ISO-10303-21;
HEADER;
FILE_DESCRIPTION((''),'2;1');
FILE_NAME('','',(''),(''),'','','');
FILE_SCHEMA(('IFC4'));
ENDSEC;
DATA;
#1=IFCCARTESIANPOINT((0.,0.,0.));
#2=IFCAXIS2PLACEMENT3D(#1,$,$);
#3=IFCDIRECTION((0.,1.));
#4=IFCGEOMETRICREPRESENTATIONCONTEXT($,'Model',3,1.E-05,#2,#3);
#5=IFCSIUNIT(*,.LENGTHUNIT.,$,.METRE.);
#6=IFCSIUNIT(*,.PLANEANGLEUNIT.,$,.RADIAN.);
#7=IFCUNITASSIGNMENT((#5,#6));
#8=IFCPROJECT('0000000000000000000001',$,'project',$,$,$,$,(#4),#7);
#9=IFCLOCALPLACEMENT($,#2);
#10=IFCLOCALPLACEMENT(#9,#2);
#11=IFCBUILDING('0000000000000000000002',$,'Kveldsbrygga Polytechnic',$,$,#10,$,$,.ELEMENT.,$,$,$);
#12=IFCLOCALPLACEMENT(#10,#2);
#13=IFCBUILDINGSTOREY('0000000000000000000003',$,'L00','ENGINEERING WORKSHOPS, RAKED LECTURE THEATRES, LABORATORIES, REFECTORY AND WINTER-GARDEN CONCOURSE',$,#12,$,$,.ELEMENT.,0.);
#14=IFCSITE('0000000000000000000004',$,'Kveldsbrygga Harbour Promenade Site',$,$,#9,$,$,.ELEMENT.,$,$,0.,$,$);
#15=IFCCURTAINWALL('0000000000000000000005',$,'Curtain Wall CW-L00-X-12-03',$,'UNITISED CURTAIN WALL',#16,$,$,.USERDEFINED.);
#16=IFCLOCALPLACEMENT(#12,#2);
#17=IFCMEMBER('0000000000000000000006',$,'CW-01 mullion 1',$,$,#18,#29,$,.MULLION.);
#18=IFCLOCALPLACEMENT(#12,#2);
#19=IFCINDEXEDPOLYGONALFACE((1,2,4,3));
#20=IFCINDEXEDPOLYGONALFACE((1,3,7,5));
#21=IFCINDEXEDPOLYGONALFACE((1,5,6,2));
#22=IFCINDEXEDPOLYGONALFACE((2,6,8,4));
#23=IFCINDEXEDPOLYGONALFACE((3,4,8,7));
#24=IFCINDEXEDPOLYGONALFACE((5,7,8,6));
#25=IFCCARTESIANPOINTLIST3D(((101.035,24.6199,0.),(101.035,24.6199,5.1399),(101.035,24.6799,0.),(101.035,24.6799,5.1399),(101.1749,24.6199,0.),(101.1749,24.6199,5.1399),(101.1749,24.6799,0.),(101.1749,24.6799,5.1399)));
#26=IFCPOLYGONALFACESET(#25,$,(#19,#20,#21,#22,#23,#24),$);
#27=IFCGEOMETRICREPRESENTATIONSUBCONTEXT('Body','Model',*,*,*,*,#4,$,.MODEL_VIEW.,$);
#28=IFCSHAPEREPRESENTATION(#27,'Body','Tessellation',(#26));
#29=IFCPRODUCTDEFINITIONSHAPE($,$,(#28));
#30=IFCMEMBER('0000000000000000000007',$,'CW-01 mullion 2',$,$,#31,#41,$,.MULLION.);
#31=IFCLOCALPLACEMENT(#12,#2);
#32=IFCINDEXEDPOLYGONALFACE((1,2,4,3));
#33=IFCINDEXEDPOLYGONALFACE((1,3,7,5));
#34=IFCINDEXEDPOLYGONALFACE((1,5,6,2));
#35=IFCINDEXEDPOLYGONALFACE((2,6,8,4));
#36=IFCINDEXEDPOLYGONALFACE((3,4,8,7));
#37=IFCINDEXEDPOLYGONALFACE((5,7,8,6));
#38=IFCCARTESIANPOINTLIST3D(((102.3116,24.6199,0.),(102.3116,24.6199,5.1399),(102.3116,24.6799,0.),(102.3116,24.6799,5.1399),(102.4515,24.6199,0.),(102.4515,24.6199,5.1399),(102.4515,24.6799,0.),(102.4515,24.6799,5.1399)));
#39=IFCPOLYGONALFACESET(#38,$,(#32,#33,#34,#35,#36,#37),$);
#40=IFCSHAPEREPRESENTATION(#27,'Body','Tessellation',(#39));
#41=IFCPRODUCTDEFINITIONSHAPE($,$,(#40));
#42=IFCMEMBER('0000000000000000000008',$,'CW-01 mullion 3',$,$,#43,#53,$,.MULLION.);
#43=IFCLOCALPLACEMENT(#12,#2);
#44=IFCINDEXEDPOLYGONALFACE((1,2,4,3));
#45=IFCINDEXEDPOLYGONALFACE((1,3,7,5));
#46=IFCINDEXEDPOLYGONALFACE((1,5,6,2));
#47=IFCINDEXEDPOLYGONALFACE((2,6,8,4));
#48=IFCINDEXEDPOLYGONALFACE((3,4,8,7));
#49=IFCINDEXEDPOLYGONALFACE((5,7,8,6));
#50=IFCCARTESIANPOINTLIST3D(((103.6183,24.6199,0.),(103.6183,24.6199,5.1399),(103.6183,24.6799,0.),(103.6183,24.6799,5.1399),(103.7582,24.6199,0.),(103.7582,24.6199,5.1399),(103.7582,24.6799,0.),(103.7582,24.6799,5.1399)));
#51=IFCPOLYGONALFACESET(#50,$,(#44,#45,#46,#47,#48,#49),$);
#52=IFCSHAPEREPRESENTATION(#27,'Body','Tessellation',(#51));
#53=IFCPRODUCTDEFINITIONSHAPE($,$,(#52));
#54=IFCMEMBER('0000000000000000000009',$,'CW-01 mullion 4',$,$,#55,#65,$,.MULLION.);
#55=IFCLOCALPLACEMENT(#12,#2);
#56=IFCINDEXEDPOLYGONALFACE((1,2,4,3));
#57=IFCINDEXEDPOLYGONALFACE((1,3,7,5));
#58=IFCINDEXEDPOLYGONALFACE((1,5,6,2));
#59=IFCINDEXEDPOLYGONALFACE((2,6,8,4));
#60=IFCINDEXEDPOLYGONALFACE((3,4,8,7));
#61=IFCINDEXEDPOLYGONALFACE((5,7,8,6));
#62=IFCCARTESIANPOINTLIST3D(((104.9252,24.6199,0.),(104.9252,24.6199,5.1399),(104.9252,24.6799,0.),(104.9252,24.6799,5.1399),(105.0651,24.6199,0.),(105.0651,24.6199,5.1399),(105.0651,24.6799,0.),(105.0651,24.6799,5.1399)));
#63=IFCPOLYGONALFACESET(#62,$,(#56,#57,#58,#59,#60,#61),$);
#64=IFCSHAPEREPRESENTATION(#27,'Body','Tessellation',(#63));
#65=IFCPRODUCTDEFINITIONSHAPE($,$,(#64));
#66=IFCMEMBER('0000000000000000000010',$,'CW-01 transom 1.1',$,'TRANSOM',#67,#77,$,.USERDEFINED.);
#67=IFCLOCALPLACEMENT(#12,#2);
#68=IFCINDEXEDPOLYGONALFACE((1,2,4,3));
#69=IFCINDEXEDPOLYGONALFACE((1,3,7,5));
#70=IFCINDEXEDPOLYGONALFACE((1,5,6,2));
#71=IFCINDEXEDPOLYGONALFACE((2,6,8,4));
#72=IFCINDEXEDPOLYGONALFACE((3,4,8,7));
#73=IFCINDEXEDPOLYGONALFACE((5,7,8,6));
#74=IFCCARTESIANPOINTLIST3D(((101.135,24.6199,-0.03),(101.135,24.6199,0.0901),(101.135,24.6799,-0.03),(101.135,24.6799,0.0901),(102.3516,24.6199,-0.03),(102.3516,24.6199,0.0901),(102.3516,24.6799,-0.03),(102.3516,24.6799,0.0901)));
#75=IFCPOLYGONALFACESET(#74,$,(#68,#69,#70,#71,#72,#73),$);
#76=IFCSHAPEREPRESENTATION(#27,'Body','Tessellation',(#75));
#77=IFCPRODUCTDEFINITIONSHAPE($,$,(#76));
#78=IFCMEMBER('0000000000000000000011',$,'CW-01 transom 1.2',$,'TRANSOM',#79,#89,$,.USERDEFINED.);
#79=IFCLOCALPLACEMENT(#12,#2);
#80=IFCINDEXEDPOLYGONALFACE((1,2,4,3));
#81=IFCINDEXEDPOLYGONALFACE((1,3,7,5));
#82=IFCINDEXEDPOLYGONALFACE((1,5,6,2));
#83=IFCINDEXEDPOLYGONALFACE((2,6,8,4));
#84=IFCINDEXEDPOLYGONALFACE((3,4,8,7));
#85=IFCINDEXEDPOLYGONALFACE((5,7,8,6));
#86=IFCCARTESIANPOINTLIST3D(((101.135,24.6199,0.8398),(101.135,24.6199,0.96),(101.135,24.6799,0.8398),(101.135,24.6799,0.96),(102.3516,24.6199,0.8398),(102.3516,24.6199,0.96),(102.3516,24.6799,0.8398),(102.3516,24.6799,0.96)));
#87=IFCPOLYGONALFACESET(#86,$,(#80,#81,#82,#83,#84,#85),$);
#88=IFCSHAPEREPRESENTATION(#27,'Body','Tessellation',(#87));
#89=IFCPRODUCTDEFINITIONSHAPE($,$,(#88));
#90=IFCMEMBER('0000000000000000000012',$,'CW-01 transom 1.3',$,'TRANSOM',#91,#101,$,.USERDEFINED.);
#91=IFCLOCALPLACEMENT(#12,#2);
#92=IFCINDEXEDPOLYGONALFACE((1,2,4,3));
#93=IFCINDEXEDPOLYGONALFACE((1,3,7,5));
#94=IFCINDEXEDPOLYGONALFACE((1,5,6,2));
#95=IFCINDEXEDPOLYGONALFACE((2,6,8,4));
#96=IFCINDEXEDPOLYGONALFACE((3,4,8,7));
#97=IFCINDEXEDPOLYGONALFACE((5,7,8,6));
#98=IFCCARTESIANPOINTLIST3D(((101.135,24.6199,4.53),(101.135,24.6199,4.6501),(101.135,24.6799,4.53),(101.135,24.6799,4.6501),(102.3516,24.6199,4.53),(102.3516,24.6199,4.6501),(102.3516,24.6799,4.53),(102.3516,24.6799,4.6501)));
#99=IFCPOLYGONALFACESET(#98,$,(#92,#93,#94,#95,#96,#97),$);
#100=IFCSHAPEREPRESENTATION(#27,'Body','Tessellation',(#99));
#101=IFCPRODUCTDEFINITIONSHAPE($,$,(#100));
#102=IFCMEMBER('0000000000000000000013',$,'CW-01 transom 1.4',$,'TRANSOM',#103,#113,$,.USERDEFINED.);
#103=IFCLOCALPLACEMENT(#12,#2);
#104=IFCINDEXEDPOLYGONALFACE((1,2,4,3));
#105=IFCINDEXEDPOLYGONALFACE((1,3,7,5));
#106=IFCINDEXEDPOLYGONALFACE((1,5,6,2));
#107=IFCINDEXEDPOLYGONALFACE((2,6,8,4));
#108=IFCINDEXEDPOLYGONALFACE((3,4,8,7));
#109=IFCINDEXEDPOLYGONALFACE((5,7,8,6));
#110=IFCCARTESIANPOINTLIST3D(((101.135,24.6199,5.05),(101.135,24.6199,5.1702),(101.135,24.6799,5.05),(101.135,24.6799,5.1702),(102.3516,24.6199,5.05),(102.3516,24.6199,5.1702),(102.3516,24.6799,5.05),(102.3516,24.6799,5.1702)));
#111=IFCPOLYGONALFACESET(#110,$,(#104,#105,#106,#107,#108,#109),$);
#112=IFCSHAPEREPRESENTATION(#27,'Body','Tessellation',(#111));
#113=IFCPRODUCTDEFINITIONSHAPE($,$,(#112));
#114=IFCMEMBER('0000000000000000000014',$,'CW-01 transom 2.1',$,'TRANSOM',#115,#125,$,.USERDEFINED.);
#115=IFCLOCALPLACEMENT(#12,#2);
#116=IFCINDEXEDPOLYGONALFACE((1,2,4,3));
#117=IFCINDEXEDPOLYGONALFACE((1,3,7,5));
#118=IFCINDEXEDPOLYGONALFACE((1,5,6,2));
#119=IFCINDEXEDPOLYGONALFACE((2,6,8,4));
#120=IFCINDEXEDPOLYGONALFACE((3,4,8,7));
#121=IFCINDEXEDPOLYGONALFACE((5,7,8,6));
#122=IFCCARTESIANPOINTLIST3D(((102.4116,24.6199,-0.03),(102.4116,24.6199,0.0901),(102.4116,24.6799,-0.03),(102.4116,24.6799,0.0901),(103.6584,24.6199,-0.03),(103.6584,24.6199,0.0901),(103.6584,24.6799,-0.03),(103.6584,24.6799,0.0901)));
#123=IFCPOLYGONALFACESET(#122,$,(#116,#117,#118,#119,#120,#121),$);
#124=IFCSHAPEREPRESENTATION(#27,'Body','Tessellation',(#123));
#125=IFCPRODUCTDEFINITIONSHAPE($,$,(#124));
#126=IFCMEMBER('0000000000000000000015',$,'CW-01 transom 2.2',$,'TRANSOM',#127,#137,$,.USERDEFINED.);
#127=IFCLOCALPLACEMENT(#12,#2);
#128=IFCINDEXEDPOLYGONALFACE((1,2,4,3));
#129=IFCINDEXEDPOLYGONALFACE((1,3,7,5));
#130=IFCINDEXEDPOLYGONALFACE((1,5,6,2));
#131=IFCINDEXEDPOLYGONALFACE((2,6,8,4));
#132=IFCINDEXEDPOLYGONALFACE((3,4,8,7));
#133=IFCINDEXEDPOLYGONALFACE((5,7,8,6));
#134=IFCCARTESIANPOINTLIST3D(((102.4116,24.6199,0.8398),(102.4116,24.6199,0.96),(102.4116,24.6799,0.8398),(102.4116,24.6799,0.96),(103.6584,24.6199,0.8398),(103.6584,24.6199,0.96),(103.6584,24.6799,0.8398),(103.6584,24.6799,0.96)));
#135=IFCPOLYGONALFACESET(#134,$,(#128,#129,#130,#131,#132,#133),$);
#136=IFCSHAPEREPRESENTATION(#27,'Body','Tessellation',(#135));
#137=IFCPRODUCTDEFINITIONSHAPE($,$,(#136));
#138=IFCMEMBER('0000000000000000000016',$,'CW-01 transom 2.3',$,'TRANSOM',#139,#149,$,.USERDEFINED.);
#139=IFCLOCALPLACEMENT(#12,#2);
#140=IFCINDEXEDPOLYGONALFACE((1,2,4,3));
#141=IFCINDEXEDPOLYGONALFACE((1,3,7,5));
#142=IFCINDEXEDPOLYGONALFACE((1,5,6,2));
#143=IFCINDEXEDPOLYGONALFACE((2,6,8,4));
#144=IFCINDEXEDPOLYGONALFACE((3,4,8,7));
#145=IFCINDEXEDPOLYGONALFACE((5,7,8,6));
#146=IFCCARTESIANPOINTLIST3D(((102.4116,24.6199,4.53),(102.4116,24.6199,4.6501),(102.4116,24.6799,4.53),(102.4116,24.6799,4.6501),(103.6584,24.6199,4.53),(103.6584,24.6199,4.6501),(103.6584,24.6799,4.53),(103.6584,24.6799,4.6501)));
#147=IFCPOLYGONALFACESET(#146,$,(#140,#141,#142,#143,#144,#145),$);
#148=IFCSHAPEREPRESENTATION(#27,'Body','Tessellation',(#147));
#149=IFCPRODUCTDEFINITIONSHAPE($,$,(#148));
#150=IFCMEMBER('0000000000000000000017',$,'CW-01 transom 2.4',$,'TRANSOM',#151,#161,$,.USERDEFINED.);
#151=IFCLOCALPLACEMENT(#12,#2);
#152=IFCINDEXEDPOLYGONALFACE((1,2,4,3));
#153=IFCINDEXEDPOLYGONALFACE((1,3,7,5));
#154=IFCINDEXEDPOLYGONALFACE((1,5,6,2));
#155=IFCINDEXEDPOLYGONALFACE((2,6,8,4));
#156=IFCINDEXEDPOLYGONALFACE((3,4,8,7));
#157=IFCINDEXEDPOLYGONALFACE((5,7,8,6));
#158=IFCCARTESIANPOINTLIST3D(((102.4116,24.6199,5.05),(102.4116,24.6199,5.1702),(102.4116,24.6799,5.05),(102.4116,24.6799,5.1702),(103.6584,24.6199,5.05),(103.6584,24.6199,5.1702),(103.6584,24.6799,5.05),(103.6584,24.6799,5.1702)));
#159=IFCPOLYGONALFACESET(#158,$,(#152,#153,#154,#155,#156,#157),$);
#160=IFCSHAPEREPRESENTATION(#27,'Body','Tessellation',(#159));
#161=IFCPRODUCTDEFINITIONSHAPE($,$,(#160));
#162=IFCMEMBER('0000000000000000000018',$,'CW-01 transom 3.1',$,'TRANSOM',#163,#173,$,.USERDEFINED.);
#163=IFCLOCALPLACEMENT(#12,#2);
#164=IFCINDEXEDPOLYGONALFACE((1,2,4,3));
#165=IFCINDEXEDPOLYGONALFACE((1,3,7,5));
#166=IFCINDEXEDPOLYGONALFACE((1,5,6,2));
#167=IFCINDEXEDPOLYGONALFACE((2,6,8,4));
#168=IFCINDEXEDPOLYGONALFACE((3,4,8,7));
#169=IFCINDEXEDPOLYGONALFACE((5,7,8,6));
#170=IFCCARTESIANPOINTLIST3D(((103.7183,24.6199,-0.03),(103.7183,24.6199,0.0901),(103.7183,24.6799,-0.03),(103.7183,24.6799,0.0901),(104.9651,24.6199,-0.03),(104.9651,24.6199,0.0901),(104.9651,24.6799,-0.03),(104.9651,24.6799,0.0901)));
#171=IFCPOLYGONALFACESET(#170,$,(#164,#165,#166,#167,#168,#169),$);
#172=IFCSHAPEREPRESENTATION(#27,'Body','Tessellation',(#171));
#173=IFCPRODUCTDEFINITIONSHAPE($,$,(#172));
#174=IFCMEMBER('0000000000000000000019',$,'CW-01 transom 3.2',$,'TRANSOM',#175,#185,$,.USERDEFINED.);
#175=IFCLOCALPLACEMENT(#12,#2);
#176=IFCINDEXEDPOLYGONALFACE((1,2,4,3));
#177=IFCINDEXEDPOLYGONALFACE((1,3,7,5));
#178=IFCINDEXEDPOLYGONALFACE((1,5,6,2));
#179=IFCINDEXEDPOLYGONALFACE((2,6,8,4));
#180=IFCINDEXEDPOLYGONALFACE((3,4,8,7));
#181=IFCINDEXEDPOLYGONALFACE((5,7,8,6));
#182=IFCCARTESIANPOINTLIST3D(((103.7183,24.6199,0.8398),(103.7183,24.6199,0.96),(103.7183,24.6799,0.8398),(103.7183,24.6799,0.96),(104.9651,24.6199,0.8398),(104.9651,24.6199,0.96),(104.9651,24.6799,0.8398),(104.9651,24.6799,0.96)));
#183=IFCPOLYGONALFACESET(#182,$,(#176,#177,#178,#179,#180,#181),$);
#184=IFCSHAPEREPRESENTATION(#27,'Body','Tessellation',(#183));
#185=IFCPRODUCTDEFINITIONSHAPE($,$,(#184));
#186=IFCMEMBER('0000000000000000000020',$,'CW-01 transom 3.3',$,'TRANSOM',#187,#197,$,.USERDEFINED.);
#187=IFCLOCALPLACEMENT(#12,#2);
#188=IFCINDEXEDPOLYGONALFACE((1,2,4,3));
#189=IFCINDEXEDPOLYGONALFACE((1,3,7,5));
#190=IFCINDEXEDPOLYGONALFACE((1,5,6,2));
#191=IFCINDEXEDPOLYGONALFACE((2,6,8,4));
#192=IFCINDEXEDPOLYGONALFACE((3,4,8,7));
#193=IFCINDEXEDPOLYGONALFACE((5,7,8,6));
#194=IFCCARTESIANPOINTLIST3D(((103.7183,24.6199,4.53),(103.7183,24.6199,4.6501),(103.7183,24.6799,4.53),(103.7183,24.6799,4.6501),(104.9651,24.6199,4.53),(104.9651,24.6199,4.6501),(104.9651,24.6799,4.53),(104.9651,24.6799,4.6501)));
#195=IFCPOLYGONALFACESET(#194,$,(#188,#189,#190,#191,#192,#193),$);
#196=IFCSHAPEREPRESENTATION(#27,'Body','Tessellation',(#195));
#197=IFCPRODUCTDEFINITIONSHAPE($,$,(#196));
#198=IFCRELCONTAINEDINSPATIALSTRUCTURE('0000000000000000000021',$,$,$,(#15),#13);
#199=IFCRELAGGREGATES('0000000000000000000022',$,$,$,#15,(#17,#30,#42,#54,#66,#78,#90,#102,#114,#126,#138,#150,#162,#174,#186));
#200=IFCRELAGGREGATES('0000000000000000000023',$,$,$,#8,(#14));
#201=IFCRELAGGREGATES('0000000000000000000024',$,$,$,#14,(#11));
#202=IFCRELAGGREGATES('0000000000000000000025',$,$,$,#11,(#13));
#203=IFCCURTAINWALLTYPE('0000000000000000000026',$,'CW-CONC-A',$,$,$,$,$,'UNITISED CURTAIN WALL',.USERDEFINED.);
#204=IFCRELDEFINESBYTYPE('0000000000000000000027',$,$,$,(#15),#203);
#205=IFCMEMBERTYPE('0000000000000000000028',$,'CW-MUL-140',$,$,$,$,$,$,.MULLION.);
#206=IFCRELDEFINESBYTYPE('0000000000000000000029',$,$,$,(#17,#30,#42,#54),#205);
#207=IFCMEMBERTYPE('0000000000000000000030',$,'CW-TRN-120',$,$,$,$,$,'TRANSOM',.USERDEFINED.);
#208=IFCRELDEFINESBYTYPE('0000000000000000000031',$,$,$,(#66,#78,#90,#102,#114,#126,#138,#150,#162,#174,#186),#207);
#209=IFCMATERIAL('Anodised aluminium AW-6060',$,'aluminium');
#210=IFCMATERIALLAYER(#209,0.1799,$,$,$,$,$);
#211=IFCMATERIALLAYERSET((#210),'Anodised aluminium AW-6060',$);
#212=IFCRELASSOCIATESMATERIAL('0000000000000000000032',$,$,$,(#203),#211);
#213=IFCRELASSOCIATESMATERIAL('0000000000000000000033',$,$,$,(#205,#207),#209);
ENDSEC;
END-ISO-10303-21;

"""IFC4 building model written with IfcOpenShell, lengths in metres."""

from ifc_helpers import new_model, si_unit, direction, frame, origin, origin_2d, place, context, subcontext, project, spatial, rectangle, extrude, material, layer, layer_set, material_profile, profile_set, type_object, element, aggregate, save


model = new_model("IFC4")

# Units and contexts
model_context = context("Model", 3, precision=1e-05, world=origin(), true_north=direction((0.0, 1.0)))
body_context = subcontext(model_context, "Body", "Model", "MODEL_VIEW")
ifc_project = project(units=[si_unit("LENGTHUNIT", "METRE"), si_unit("PLANEANGLEUNIT", "RADIAN")], contexts=[model_context])

# Site, building, storey
site_placement = place(None, origin())
site = spatial("IfcSite", under=ifc_project, at=site_placement, Name="Kveldsbrygga Harbour Promenade Site", CompositionType="ELEMENT", RefElevation=0.0)
building_placement = place(site_placement, origin())
building = spatial("IfcBuilding", under=site, at=building_placement, Name="Kveldsbrygga Polytechnic", CompositionType="ELEMENT")
storey_placement = place(building_placement, origin())
storey = spatial("IfcBuildingStorey", under=building, at=storey_placement, Name="L00", Description="ENGINEERING WORKSHOPS, RAKED LECTURE THEATRES, LABORATORIES, REFECTORY AND WINTER-GARDEN CONCOURSE", CompositionType="ELEMENT", Elevation=0.0)

# Curtain wall, members
ifc_material_1 = material(Name="Anodised aluminium AW-6060", Category="aluminium")
ifc_layer_1 = layer(ifc_material_1, 0.1799)
ifc_layer_set_1 = layer_set([ifc_layer_1], Name="Anodised aluminium AW-6060")
curtain_wall_type = type_object("IfcCurtainWallType", Name="CW-CONC-A", ElementType="UNITISED CURTAIN WALL", PredefinedType="USERDEFINED", material=ifc_layer_set_1)
curtain_wall_placement = place(storey_placement, origin())
curtain_wall = element("IfcCurtainWall", 1, at=curtain_wall_placement, inside=storey, type_object=curtain_wall_type, Name="Curtain Wall CW-L00-X-12-03", ObjectType="UNITISED CURTAIN WALL", PredefinedType="USERDEFINED")
ifc_material_profile_1 = material_profile(ifc_material_1, rectangle(XDim=0.0601, YDim=0.1399, at=origin_2d()), Name="ALU 60x140")
ifc_profile_set_1 = profile_set([ifc_material_profile_1], Name="Anodised aluminium AW-6060")
member_type_1 = type_object("IfcMemberType", Name="CW-MUL-140", PredefinedType="MULLION", material=ifc_profile_set_1)
member_1_placement = place(storey_placement, frame((101.105, 24.6499, 0.0), z_axis=(0.0, 0.0, 1.0), x_axis=(0.0, 1.0, 0.0)))
member_1 = element("IfcMember", 2, at=member_1_placement, type_object=member_type_1, Name="CW-01 mullion 1", PredefinedType="MULLION", context=body_context, shape_type="SweptSolid", body=[
    extrude(rectangle(XDim=0.0601, YDim=0.1399, at=origin_2d()), origin(), (0.0, 0.0, 1.0), 5.1399),
])
member_2_placement = place(storey_placement, frame((102.3816, 24.6499, 0.0), z_axis=(0.0, 0.0, 1.0), x_axis=(0.0, 1.0, 0.0)))
member_2 = element("IfcMember", 3, at=member_2_placement, type_object=member_type_1, Name="CW-01 mullion 2", PredefinedType="MULLION", context=body_context, shape_type="SweptSolid", body=[
    extrude(rectangle(XDim=0.0601, YDim=0.1399, at=origin_2d()), origin(), (0.0, 0.0, 1.0), 5.1399),
])
member_3_placement = place(storey_placement, frame((103.6882, 24.6499, 0.0), z_axis=(0.0, 0.0, 1.0), x_axis=(0.0, 1.0, 0.0)))
member_3 = element("IfcMember", 4, at=member_3_placement, type_object=member_type_1, Name="CW-01 mullion 3", PredefinedType="MULLION", context=body_context, shape_type="SweptSolid", body=[
    extrude(rectangle(XDim=0.0601, YDim=0.1399, at=origin_2d()), origin(), (0.0, 0.0, 1.0), 5.1399),
])
member_4_placement = place(storey_placement, frame((104.9951, 24.6499, 0.0), z_axis=(0.0, 0.0, 1.0), x_axis=(0.0, 1.0, 0.0)))
member_4 = element("IfcMember", 5, at=member_4_placement, type_object=member_type_1, Name="CW-01 mullion 4", PredefinedType="MULLION", context=body_context, shape_type="SweptSolid", body=[
    extrude(rectangle(XDim=0.0601, YDim=0.1399, at=origin_2d()), origin(), (0.0, 0.0, 1.0), 5.1399),
])
ifc_material_profile_2 = material_profile(ifc_material_1, rectangle(XDim=0.0601, YDim=0.1201, at=origin_2d()), Name="ALU 60x120")
ifc_profile_set_2 = profile_set([ifc_material_profile_2], Name="Anodised aluminium AW-6060")
member_type_2 = type_object("IfcMemberType", Name="CW-TRN-120", ElementType="TRANSOM", PredefinedType="USERDEFINED", material=ifc_profile_set_2)
member_5_placement = place(storey_placement, frame((101.135, 24.6499, 0.03), z_axis=(1.0, 0.0, 0.0), x_axis=(0.0, 1.0, 0.0)))
member_5 = element("IfcMember", 6, at=member_5_placement, type_object=member_type_2, Name="CW-01 transom 1.1", ObjectType="TRANSOM", PredefinedType="USERDEFINED", context=body_context, shape_type="SweptSolid", body=[
    extrude(rectangle(XDim=0.0601, YDim=0.1201, at=origin_2d()), origin(), (0.0, 0.0, 1.0), 1.2166),
])
member_6_placement = place(storey_placement, frame((101.135, 24.6499, 0.8999), z_axis=(1.0, 0.0, 0.0), x_axis=(0.0, 1.0, 0.0)))
member_6 = element("IfcMember", 7, at=member_6_placement, type_object=member_type_2, Name="CW-01 transom 1.2", ObjectType="TRANSOM", PredefinedType="USERDEFINED", context=body_context, shape_type="SweptSolid", body=[
    extrude(rectangle(XDim=0.0601, YDim=0.1201, at=origin_2d()), origin(), (0.0, 0.0, 1.0), 1.2166),
])
member_7_placement = place(storey_placement, frame((101.135, 24.6499, 4.5901), z_axis=(1.0, 0.0, 0.0), x_axis=(0.0, 1.0, 0.0)))
member_7 = element("IfcMember", 8, at=member_7_placement, type_object=member_type_2, Name="CW-01 transom 1.3", ObjectType="TRANSOM", PredefinedType="USERDEFINED", context=body_context, shape_type="SweptSolid", body=[
    extrude(rectangle(XDim=0.0601, YDim=0.1201, at=origin_2d()), origin(), (0.0, 0.0, 1.0), 1.2166),
])
member_8_placement = place(storey_placement, frame((101.135, 24.6499, 5.1101), z_axis=(1.0, 0.0, 0.0), x_axis=(0.0, 1.0, 0.0)))
member_8 = element("IfcMember", 9, at=member_8_placement, type_object=member_type_2, Name="CW-01 transom 1.4", ObjectType="TRANSOM", PredefinedType="USERDEFINED", context=body_context, shape_type="SweptSolid", body=[
    extrude(rectangle(XDim=0.0601, YDim=0.1201, at=origin_2d()), origin(), (0.0, 0.0, 1.0), 1.2166),
])
member_9_placement = place(storey_placement, frame((102.4116, 24.6499, 0.03), z_axis=(1.0, 0.0, 0.0), x_axis=(0.0, 1.0, 0.0)))
member_9 = element("IfcMember", 10, at=member_9_placement, type_object=member_type_2, Name="CW-01 transom 2.1", ObjectType="TRANSOM", PredefinedType="USERDEFINED", context=body_context, shape_type="SweptSolid", body=[
    extrude(rectangle(XDim=0.0601, YDim=0.1201, at=origin_2d()), origin(), (0.0, 0.0, 1.0), 1.2468),
])
member_10_placement = place(storey_placement, frame((102.4116, 24.6499, 0.8999), z_axis=(1.0, 0.0, 0.0), x_axis=(0.0, 1.0, 0.0)))
member_10 = element("IfcMember", 11, at=member_10_placement, type_object=member_type_2, Name="CW-01 transom 2.2", ObjectType="TRANSOM", PredefinedType="USERDEFINED", context=body_context, shape_type="SweptSolid", body=[
    extrude(rectangle(XDim=0.0601, YDim=0.1201, at=origin_2d()), origin(), (0.0, 0.0, 1.0), 1.2468),
])
member_11_placement = place(storey_placement, frame((102.4116, 24.6499, 4.5901), z_axis=(1.0, 0.0, 0.0), x_axis=(0.0, 1.0, 0.0)))
member_11 = element("IfcMember", 12, at=member_11_placement, type_object=member_type_2, Name="CW-01 transom 2.3", ObjectType="TRANSOM", PredefinedType="USERDEFINED", context=body_context, shape_type="SweptSolid", body=[
    extrude(rectangle(XDim=0.0601, YDim=0.1201, at=origin_2d()), origin(), (0.0, 0.0, 1.0), 1.2468),
])
member_12_placement = place(storey_placement, frame((102.4116, 24.6499, 5.1101), z_axis=(1.0, 0.0, 0.0), x_axis=(0.0, 1.0, 0.0)))
member_12 = element("IfcMember", 13, at=member_12_placement, type_object=member_type_2, Name="CW-01 transom 2.4", ObjectType="TRANSOM", PredefinedType="USERDEFINED", context=body_context, shape_type="SweptSolid", body=[
    extrude(rectangle(XDim=0.0601, YDim=0.1201, at=origin_2d()), origin(), (0.0, 0.0, 1.0), 1.2468),
])
member_13_placement = place(storey_placement, frame((103.7183, 24.6499, 0.03), z_axis=(1.0, 0.0, 0.0), x_axis=(0.0, 1.0, 0.0)))
member_13 = element("IfcMember", 14, at=member_13_placement, type_object=member_type_2, Name="CW-01 transom 3.1", ObjectType="TRANSOM", PredefinedType="USERDEFINED", context=body_context, shape_type="SweptSolid", body=[
    extrude(rectangle(XDim=0.0601, YDim=0.1201, at=origin_2d()), origin(), (0.0, 0.0, 1.0), 1.2468),
])
member_14_placement = place(storey_placement, frame((103.7183, 24.6499, 0.8999), z_axis=(1.0, 0.0, 0.0), x_axis=(0.0, 1.0, 0.0)))
member_14 = element("IfcMember", 15, at=member_14_placement, type_object=member_type_2, Name="CW-01 transom 3.2", ObjectType="TRANSOM", PredefinedType="USERDEFINED", context=body_context, shape_type="SweptSolid", body=[
    extrude(rectangle(XDim=0.0601, YDim=0.1201, at=origin_2d()), origin(), (0.0, 0.0, 1.0), 1.2468),
])
member_15_placement = place(storey_placement, frame((103.7183, 24.6499, 4.5901), z_axis=(1.0, 0.0, 0.0), x_axis=(0.0, 1.0, 0.0)))
member_15 = element("IfcMember", 16, at=member_15_placement, type_object=member_type_2, Name="CW-01 transom 3.3", ObjectType="TRANSOM", PredefinedType="USERDEFINED", context=body_context, shape_type="SweptSolid", body=[
    extrude(rectangle(XDim=0.0601, YDim=0.1201, at=origin_2d()), origin(), (0.0, 0.0, 1.0), 1.2468),
])

aggregate(curtain_wall, [member_1, member_2, member_3, member_4, member_5, member_6, member_7, member_8, member_9, member_10, member_11, member_12, member_13, member_14, member_15])

save(model, "model.ifc")
